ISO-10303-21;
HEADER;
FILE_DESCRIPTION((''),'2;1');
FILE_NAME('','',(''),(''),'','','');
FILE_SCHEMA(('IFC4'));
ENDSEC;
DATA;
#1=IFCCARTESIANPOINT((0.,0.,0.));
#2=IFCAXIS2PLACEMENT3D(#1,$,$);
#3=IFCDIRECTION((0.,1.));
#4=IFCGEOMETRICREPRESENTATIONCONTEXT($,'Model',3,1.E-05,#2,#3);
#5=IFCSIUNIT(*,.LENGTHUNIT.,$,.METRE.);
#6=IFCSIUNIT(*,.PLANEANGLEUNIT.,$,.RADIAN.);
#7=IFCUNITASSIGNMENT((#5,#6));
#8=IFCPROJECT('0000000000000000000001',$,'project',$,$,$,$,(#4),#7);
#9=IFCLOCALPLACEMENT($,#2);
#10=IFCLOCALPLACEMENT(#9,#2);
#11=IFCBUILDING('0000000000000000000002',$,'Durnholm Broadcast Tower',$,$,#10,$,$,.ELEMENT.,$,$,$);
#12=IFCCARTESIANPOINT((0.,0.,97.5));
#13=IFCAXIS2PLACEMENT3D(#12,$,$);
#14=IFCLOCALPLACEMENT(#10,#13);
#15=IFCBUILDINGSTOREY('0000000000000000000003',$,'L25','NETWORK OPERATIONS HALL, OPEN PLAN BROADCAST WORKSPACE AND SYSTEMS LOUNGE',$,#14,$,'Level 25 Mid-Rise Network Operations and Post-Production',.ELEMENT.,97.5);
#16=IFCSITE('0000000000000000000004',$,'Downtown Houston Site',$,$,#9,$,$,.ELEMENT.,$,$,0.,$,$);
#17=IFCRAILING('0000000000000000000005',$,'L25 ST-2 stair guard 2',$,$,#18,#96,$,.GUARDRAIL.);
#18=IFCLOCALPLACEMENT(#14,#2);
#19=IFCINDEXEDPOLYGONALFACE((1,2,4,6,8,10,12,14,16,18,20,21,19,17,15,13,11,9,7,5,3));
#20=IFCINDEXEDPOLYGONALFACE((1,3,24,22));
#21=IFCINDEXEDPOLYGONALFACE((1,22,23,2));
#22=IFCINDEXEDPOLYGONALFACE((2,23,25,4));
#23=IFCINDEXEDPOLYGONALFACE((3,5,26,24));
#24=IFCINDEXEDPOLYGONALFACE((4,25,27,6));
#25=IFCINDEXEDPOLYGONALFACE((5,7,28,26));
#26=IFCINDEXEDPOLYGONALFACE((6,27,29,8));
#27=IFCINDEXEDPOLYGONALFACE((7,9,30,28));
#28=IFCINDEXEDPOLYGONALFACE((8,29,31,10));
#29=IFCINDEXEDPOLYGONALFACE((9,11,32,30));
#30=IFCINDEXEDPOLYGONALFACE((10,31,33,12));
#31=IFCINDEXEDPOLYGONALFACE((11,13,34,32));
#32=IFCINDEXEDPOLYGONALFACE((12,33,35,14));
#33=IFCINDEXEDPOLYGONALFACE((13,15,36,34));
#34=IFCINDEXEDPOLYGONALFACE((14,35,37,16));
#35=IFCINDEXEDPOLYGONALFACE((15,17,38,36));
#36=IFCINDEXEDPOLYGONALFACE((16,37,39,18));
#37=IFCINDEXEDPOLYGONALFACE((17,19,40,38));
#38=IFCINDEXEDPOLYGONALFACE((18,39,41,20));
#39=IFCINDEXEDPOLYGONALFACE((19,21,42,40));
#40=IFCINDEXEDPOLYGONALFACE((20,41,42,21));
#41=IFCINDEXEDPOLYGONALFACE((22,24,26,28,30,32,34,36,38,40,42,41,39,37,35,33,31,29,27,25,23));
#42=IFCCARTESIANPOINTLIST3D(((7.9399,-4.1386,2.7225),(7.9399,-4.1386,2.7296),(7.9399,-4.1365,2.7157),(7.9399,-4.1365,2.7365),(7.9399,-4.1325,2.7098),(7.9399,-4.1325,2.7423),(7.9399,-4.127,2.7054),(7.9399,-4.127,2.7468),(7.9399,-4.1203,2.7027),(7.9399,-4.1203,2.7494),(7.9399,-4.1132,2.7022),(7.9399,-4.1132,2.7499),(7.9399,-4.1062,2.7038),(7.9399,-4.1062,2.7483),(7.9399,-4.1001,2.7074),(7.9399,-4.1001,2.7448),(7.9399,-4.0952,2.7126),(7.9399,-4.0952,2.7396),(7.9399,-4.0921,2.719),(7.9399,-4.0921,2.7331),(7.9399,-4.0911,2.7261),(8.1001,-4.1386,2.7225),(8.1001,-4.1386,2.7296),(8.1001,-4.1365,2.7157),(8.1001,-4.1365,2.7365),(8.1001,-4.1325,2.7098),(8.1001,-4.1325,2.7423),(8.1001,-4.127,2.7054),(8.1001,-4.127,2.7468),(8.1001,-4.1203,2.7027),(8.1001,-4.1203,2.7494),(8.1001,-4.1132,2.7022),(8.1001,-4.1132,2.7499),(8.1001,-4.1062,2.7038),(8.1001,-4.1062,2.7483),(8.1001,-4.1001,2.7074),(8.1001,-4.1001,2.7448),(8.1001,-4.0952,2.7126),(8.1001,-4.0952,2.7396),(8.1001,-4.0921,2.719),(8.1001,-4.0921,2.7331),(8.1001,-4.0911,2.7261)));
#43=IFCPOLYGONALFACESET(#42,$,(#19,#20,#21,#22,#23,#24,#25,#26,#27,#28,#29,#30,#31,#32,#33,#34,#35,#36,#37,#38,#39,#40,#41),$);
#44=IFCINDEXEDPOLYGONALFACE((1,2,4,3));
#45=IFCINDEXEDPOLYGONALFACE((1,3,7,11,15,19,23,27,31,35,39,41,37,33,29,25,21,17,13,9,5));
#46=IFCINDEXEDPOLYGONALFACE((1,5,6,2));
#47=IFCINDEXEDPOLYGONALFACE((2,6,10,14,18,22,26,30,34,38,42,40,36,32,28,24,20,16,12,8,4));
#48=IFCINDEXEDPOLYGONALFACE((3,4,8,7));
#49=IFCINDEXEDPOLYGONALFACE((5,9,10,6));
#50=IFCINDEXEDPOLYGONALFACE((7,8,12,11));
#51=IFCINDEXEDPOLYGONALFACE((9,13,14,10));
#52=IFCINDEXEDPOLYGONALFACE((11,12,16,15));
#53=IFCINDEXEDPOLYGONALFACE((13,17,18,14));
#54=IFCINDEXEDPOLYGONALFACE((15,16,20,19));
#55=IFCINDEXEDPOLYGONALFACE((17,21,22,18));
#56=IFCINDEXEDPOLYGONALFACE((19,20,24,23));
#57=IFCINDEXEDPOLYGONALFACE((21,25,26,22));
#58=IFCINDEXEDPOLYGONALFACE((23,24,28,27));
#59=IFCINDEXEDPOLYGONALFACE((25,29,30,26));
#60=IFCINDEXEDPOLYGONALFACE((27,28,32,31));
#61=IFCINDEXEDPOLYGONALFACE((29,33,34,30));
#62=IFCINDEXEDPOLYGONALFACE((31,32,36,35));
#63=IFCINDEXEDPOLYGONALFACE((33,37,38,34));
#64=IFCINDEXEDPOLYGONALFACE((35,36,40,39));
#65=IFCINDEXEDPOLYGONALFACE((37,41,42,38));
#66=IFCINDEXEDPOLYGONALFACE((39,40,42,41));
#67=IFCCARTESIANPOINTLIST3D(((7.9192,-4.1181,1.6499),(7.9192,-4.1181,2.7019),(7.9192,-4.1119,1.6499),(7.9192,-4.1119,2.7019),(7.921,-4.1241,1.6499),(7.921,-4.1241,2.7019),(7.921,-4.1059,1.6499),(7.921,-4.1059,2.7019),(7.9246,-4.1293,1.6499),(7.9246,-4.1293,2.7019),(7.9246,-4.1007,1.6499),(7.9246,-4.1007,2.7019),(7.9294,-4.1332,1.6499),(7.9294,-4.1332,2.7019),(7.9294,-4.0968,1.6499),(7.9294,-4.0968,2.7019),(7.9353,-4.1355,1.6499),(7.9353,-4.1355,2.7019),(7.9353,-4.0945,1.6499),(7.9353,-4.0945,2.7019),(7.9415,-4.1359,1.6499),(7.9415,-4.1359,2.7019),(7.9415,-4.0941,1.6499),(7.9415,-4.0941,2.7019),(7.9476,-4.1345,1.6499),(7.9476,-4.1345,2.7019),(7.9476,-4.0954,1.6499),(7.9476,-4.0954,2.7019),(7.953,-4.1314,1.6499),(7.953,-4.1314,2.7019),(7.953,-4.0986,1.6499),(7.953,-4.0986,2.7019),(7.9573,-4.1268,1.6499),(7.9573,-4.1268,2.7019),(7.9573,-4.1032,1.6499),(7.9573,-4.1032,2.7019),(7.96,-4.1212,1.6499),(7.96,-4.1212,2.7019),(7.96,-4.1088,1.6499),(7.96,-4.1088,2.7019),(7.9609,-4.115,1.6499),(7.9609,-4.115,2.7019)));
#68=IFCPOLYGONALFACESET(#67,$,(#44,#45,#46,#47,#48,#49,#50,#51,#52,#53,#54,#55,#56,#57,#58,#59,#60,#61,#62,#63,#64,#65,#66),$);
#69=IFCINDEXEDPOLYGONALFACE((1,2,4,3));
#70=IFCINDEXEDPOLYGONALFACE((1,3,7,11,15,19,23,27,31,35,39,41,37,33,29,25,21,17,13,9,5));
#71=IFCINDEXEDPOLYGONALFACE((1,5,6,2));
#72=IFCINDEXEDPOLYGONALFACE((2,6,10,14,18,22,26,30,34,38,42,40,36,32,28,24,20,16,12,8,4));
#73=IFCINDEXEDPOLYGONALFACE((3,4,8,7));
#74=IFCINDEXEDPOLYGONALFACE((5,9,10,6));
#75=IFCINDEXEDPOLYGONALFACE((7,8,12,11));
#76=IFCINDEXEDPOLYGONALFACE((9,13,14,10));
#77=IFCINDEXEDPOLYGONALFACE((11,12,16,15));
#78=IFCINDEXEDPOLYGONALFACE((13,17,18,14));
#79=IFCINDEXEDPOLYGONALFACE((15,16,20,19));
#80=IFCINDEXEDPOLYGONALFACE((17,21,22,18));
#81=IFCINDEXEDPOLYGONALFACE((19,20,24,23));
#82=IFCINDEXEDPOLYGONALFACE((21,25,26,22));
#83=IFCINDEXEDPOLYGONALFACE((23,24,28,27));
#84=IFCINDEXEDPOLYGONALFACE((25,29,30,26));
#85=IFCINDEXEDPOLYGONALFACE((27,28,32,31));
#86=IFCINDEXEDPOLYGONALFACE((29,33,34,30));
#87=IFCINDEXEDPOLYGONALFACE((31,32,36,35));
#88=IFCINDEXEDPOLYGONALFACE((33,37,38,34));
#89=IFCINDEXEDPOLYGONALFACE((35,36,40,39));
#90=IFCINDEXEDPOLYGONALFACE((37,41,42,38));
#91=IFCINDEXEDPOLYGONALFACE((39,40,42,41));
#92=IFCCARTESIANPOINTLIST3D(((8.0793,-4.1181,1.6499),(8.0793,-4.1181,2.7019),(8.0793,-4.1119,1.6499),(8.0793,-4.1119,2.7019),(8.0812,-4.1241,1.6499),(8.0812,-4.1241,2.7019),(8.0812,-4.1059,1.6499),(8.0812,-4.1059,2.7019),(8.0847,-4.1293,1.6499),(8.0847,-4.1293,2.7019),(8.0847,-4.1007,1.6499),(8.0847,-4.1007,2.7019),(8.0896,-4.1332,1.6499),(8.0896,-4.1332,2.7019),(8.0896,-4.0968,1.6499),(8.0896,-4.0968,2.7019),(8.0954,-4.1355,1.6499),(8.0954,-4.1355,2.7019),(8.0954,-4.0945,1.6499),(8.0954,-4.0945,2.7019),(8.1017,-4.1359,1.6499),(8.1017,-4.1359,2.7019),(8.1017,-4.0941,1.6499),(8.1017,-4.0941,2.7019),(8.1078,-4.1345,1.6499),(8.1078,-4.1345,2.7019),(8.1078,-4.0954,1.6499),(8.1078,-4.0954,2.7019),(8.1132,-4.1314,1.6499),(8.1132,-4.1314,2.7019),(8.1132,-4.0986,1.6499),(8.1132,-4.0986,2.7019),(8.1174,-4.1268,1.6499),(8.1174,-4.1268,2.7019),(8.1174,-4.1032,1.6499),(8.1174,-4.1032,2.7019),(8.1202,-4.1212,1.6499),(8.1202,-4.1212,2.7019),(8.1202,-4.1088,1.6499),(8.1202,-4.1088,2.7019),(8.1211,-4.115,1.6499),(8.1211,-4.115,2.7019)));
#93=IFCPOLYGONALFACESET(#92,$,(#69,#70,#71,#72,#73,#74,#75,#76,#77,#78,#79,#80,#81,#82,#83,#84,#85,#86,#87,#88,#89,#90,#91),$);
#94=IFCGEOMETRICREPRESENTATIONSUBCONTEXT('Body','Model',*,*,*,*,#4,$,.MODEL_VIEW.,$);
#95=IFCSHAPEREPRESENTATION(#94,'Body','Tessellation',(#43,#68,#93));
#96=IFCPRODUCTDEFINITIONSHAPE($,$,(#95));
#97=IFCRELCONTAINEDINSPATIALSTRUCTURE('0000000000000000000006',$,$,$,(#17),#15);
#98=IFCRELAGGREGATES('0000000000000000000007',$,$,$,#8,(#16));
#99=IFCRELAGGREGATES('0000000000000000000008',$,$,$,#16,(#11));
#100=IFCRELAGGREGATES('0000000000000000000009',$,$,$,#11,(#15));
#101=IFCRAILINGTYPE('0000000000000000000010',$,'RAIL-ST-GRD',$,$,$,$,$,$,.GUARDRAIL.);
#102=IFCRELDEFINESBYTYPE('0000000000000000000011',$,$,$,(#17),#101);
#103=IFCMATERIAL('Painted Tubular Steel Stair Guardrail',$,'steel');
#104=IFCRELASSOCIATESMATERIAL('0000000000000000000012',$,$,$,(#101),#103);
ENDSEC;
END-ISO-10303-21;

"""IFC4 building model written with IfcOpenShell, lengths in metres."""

from ifc_helpers import new_model, si_unit, direction, frame, origin, origin_2d, place, context, subcontext, project, spatial, circle, extrude, material, type_object, element, save


model = new_model("IFC4")

# Units and contexts
model_context = context("Model", 3, precision=1e-05, world=origin(), true_north=direction((0.0, 1.0)))
body_context = subcontext(model_context, "Body", "Model", "MODEL_VIEW")
ifc_project = project(units=[si_unit("LENGTHUNIT", "METRE"), si_unit("PLANEANGLEUNIT", "RADIAN")], contexts=[model_context])

# Site, building, storey
site_placement = place(None, origin())
site = spatial("IfcSite", under=ifc_project, at=site_placement, Name="Downtown Houston Site", CompositionType="ELEMENT", RefElevation=0.0)
building_placement = place(site_placement, origin())
building = spatial("IfcBuilding", under=site, at=building_placement, Name="Durnholm Broadcast Tower", CompositionType="ELEMENT")
storey_placement = place(building_placement, frame((0.0, 0.0, 97.5)))
storey = spatial("IfcBuildingStorey", under=building, at=storey_placement, Name="L25", Description="NETWORK OPERATIONS HALL, OPEN PLAN BROADCAST WORKSPACE AND SYSTEMS LOUNGE", LongName="Level 25 Mid-Rise Network Operations and Post-Production", CompositionType="ELEMENT", Elevation=97.5)

# Railing
ifc_material_1 = material(Name="Painted Tubular Steel Stair Guardrail", Category="steel")
railing_type_1 = type_object("IfcRailingType", Name="RAIL-ST-GRD", PredefinedType="GUARDRAIL", material=ifc_material_1)
railing_1_placement = place(storey_placement, frame((7.9399, -4.115, 1.6499)))
element("IfcRailing", 1, at=railing_1_placement, inside=storey, type_object=railing_type_1, Name="L25 ST-2 stair guard 2", PredefinedType="GUARDRAIL", context=body_context, shape_type="SweptSolid", body=[
    extrude(circle(Radius=0.0239, at=origin_2d()), frame((0.0, 0.0, 1.0762), z_axis=(1.0, 0.0, 0.0), x_axis=(0.0, 1.0, 0.0)), (0.0, 0.0, 1.0), 0.1602),
    extrude(circle(Radius=0.021, at=origin_2d()), origin(), (0.0, 0.0, 1.0), 1.052),
    extrude(circle(Radius=0.021, at=origin_2d()), frame((0.1602, 0.0, 0.0)), (0.0, 0.0, 1.0), 1.052),
])

save(model, "model.ifc")
